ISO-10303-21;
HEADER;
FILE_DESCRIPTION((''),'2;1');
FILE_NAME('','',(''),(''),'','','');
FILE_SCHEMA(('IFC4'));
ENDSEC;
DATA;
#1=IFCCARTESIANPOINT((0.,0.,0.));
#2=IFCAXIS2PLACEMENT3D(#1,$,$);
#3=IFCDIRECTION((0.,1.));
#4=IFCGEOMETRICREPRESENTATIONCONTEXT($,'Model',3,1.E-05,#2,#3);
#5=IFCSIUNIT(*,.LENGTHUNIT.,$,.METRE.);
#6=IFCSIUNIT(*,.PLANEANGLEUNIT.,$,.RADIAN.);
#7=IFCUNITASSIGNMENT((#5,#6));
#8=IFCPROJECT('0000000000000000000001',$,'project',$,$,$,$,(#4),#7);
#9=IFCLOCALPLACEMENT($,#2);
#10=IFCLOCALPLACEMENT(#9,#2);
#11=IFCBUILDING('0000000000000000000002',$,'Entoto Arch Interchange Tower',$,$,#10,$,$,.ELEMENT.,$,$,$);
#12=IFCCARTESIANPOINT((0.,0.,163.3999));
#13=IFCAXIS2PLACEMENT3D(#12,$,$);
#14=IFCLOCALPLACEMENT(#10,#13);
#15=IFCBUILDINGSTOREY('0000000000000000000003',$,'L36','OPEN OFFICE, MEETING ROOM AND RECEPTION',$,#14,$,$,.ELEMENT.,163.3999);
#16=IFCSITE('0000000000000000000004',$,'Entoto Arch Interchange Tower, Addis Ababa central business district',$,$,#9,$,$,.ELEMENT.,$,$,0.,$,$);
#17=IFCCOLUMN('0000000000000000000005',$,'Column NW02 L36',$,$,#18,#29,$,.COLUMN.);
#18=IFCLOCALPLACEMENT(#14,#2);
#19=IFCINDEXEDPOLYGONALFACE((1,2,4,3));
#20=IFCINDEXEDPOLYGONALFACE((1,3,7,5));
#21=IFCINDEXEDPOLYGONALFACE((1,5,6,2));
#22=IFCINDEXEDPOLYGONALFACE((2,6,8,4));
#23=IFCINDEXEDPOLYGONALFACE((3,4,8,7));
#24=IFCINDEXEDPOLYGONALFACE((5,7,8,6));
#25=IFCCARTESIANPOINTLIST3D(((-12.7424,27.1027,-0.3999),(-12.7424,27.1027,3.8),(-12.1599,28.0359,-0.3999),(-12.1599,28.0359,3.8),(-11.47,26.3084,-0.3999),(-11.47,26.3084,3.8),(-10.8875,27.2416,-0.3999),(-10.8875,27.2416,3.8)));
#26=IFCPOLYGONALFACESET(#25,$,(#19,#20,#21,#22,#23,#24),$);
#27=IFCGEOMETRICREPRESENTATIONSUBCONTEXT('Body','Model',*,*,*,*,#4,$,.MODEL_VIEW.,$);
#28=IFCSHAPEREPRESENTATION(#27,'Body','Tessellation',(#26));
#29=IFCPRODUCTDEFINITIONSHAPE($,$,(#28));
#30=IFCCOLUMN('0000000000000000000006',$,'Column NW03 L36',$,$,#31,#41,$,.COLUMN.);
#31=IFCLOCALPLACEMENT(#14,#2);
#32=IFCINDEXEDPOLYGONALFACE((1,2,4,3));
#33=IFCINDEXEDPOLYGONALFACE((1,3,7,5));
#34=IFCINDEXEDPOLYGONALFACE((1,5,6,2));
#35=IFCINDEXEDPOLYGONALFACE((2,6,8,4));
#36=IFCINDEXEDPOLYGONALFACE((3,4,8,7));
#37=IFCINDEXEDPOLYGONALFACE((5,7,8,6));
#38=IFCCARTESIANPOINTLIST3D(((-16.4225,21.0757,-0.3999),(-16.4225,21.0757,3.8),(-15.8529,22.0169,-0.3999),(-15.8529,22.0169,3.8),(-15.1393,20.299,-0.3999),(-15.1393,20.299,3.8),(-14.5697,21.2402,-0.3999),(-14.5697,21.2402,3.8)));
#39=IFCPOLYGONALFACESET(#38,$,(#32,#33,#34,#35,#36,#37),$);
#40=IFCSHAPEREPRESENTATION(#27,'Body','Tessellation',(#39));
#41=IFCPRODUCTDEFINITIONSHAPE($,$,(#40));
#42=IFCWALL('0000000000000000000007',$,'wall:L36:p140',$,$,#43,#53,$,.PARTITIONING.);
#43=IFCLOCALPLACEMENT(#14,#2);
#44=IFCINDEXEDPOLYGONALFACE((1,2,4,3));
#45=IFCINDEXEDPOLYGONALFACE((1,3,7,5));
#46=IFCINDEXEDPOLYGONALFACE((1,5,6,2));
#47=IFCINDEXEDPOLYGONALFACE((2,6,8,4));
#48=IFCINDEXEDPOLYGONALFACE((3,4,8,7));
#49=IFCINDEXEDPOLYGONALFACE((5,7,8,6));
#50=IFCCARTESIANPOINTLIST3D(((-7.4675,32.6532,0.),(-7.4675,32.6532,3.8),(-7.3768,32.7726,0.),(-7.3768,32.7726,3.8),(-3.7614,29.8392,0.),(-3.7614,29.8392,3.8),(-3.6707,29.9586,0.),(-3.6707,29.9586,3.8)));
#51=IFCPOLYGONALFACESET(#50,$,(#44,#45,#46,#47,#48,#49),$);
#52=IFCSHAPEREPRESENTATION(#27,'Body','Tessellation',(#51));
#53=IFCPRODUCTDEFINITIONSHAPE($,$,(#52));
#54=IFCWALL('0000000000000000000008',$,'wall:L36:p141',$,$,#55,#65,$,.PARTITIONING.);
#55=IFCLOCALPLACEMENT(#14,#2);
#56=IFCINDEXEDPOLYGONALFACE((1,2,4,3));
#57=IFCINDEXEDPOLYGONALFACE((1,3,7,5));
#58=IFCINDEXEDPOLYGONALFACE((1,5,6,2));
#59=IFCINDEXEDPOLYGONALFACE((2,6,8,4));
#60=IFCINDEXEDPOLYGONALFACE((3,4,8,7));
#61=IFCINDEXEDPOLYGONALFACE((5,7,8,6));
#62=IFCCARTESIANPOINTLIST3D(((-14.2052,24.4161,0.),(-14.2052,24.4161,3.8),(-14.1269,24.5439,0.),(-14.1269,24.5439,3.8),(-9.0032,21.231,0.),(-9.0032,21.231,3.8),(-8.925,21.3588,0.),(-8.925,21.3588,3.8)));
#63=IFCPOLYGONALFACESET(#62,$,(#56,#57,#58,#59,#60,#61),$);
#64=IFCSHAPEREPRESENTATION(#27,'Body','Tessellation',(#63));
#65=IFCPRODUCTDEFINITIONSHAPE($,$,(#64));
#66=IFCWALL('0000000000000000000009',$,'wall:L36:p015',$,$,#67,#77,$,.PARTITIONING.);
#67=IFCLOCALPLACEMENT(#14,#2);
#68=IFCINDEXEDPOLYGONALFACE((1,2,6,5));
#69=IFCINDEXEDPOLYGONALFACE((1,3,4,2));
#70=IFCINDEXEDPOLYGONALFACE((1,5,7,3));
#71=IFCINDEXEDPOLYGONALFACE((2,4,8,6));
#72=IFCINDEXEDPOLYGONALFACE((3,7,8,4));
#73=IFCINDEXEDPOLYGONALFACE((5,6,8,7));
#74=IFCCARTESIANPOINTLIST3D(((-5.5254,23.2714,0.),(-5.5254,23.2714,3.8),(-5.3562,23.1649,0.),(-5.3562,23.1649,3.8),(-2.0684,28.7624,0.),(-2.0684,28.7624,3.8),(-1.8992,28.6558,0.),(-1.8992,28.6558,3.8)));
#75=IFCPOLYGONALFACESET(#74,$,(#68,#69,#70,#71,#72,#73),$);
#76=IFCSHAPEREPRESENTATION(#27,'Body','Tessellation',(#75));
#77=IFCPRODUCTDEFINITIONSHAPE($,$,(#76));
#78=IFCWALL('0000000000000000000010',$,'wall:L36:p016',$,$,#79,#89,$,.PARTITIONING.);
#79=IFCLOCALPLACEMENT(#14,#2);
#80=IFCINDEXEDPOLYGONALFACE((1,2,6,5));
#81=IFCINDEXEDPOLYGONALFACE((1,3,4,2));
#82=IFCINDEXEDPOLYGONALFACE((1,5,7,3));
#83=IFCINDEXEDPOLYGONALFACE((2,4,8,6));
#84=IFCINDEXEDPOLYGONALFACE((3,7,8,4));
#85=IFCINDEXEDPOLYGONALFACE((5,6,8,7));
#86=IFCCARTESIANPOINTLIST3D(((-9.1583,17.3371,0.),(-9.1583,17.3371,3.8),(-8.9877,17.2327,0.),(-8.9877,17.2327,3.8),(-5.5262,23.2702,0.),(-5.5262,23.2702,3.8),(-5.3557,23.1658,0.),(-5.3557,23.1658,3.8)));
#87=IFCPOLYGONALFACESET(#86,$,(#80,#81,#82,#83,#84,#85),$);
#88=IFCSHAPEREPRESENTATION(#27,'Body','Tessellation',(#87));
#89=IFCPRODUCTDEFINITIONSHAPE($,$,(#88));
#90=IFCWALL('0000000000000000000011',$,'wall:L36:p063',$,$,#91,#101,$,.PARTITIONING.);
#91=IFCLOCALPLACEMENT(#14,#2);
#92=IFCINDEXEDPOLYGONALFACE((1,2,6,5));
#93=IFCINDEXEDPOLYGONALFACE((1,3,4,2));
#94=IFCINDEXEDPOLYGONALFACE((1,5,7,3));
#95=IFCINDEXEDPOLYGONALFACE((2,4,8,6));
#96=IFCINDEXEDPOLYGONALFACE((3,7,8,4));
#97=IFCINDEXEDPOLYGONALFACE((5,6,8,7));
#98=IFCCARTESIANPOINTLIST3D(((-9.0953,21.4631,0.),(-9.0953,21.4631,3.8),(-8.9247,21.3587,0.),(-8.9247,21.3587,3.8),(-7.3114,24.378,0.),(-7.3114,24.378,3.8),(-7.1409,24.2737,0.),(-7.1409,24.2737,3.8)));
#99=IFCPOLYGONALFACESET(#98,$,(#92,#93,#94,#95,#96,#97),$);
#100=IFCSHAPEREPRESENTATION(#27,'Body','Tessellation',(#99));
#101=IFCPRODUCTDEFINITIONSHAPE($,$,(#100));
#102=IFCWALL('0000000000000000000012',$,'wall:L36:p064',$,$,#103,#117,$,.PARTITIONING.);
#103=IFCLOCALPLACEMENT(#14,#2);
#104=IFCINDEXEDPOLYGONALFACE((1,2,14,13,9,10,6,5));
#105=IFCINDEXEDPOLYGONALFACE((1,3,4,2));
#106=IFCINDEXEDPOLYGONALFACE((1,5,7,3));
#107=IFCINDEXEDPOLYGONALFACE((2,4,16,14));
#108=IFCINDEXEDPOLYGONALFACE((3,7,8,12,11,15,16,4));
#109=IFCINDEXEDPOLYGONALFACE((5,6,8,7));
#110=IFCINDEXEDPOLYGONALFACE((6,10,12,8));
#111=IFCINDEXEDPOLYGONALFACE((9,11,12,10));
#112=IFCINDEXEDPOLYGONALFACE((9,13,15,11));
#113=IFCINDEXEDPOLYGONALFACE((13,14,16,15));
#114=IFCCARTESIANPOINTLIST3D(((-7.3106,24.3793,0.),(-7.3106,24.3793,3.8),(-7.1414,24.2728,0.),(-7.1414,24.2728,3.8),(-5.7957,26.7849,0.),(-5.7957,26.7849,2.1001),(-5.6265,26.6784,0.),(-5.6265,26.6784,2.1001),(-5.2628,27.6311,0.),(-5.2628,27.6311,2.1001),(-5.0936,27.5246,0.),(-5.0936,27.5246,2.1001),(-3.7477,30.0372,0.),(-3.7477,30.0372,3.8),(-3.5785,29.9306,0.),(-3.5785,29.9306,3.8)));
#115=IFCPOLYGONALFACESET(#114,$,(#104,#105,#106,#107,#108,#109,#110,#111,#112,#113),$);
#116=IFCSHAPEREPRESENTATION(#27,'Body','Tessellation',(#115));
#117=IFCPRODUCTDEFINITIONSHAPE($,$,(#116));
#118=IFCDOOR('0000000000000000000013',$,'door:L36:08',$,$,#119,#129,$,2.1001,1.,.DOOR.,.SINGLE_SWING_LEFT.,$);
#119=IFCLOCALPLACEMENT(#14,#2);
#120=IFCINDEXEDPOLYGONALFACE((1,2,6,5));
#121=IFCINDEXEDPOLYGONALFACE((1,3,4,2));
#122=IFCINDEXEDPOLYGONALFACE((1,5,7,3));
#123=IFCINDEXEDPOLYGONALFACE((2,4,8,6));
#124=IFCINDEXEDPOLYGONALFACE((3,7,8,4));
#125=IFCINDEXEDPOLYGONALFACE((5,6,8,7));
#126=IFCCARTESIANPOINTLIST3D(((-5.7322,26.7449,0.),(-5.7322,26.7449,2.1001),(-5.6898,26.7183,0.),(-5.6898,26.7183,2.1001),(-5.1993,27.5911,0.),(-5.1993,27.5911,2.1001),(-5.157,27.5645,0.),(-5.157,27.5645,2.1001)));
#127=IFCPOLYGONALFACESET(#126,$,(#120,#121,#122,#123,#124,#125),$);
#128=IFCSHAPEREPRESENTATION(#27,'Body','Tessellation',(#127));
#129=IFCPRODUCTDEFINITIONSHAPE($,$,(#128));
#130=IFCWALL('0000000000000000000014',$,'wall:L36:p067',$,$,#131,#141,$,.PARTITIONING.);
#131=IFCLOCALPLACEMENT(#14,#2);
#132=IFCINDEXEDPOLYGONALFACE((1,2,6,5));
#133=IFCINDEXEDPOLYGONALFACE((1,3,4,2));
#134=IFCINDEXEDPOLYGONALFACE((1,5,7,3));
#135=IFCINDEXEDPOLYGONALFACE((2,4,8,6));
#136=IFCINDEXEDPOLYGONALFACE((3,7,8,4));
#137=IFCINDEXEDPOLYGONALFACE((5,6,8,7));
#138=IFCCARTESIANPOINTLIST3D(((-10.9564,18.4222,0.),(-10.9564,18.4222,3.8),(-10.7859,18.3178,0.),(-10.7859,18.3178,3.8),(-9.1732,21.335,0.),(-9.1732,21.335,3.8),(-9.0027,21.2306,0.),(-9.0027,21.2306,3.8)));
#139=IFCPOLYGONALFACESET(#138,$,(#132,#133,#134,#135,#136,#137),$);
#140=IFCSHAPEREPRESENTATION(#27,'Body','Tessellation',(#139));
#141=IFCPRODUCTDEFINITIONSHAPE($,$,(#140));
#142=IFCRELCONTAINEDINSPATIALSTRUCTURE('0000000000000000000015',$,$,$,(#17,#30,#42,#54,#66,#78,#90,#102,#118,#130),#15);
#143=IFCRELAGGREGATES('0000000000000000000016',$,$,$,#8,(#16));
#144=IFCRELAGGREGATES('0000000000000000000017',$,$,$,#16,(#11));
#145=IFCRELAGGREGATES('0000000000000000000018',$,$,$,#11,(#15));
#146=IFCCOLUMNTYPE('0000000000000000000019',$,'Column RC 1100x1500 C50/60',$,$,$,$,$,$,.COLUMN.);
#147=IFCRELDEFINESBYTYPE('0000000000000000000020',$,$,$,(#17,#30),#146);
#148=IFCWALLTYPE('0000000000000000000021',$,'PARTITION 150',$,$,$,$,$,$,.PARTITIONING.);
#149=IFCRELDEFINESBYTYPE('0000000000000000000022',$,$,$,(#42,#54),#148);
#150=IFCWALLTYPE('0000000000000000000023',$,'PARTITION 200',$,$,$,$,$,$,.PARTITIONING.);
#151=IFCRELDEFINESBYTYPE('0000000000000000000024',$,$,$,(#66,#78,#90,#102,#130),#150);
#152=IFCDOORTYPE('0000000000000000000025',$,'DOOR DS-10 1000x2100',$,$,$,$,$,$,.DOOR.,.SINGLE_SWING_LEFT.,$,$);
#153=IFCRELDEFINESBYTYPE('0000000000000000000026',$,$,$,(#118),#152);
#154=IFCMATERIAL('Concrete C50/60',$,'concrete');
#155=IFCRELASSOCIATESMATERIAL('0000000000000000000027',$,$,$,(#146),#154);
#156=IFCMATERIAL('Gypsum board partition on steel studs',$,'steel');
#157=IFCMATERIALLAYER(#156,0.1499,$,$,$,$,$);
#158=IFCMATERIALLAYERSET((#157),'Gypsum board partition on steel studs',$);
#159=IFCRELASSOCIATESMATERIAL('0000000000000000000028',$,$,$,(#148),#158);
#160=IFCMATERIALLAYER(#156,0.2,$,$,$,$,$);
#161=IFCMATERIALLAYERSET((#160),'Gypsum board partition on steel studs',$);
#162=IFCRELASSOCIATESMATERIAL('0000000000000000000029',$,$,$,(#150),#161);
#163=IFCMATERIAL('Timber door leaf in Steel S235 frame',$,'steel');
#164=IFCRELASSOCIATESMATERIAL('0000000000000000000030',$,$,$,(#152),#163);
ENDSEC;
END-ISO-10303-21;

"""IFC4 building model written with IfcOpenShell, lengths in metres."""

from ifc_helpers import new_model, si_unit, direction, frame, frame_2d, origin, origin_2d, place, context, subcontext, project, spatial, rectangle, extrude, material, layer, layer_set, material_profile, profile_set, type_object, element, fill, save


model = new_model("IFC4")

# Units and contexts
model_context = context("Model", 3, precision=1e-05, world=origin(), true_north=direction((0.0, 1.0)))
body_context = subcontext(model_context, "Body", "Model", "MODEL_VIEW")
ifc_project = project(units=[si_unit("LENGTHUNIT", "METRE"), si_unit("PLANEANGLEUNIT", "RADIAN")], contexts=[model_context])

# Site, building, storey
site_placement = place(None, origin())
site = spatial("IfcSite", under=ifc_project, at=site_placement, Name="Entoto Arch Interchange Tower, Addis Ababa central business district", CompositionType="ELEMENT", RefElevation=0.0)
building_placement = place(site_placement, origin())
building = spatial("IfcBuilding", under=site, at=building_placement, Name="Entoto Arch Interchange Tower", CompositionType="ELEMENT")
storey_placement = place(building_placement, frame((0.0, 0.0, 163.3999)))
storey = spatial("IfcBuildingStorey", under=building, at=storey_placement, Name="L36", Description="OPEN OFFICE, MEETING ROOM AND RECEPTION", CompositionType="ELEMENT", Elevation=163.3999)

# Columns
ifc_material_1 = material(Name="Concrete C50/60", Category="concrete")
ifc_material_profile = material_profile(ifc_material_1, rectangle(XDim=1.1001, YDim=1.5, at=origin_2d()))
ifc_profile_set = profile_set([ifc_material_profile], Name="Concrete C50/60")
column_type = type_object("IfcColumnType", Name="Column RC 1100x1500 C50/60", PredefinedType="COLUMN", material=ifc_profile_set)
for number, where, z_axis, x_axis, name in (
    (1, (-11.8149, 27.1721, -0.3999), (0.0, 0.0, 1.0), (0.529549, 0.848279, 0.0), "Column NW02 L36"),
    (2, (-15.4961, 21.158, -0.3999), (0.0, 0.0, 1.0), (0.517803, 0.8555, 0.0), "Column NW03 L36"),
):
    element("IfcColumn", number, at=place(storey_placement, frame(where, z_axis=z_axis, x_axis=x_axis)), inside=storey, type_object=column_type, Name=name, PredefinedType="COLUMN", context=body_context, shape_type="SweptSolid", body=[
        extrude(rectangle(XDim=1.1001, YDim=1.5, at=origin_2d()), origin(), (0.0, 0.0, 1.0), 4.2),
    ])

# Walls
ifc_material_2 = material(Name="Gypsum board partition on steel studs", Category="steel")
ifc_layer_1 = layer(ifc_material_2, 0.1499)
ifc_layer_set_1 = layer_set([ifc_layer_1], Name="Gypsum board partition on steel studs")
wall_type_1 = type_object("IfcWallType", Name="PARTITION 150", PredefinedType="PARTITIONING", material=ifc_layer_set_1)
wall_1_placement = place(storey_placement, frame((-3.7161, 29.8989, 0.0), z_axis=(0.0, 0.0, 1.0), x_axis=(-0.796435, 0.604724, 0.0)))
element("IfcWall", 3, at=wall_1_placement, inside=storey, type_object=wall_type_1, Name="wall:L36:p140", PredefinedType="PARTITIONING", context=body_context, shape_type="SweptSolid", body=[
    extrude(rectangle(XDim=4.6533, YDim=0.1499, at=frame_2d((2.3267, 0.0))), origin(), (0.0, 0.0, 1.0), 3.8),
])
wall_2_placement = place(storey_placement, frame((-8.9641, 21.2949, 0.0), z_axis=(0.0, 0.0, 1.0), x_axis=(-0.852835, 0.52218, 0.0)))
element("IfcWall", 4, at=wall_2_placement, inside=storey, type_object=wall_type_1, Name="wall:L36:p141", PredefinedType="PARTITIONING", context=body_context, shape_type="SweptSolid", body=[
    extrude(rectangle(XDim=6.0996, YDim=0.1499, at=frame_2d((3.0498, 0.0))), origin(), (0.0, 0.0, 1.0), 3.8),
])
ifc_layer_2 = layer(ifc_material_2, 0.2)
ifc_layer_set_2 = layer_set([ifc_layer_2], Name="Gypsum board partition on steel studs")
wall_type_2 = type_object("IfcWallType", Name="PARTITION 200", PredefinedType="PARTITIONING", material=ifc_layer_set_2)
wall_3_placement = place(storey_placement, frame((-1.9839, 28.709, 0.0), z_axis=(0.0, 0.0, 1.0), x_axis=(-0.532786, -0.84625, 0.0)))
element("IfcWall", 5, at=wall_3_placement, inside=storey, type_object=wall_type_2, Name="wall:L36:p015", PredefinedType="PARTITIONING", context=body_context, shape_type="SweptSolid", body=[
    extrude(rectangle(XDim=6.4885, YDim=0.2, at=frame_2d((3.2441, 0.0))), origin(), (0.0, 0.0, 1.0), 3.8),
])
wall_4_placement = place(storey_placement, frame((-5.4409, 23.218, 0.0), z_axis=(0.0, 0.0, 1.0), x_axis=(-0.522109, -0.852879, 0.0)))
element("IfcWall", 6, at=wall_4_placement, inside=storey, type_object=wall_type_2, Name="wall:L36:p016", PredefinedType="PARTITIONING", context=body_context, shape_type="SweptSolid", body=[
    extrude(rectangle(XDim=6.9565, YDim=0.2, at=frame_2d((3.4783, 0.0))), origin(), (0.0, 0.0, 1.0), 3.8),
])
wall_5_placement = place(storey_placement, frame((-9.01, 21.4109, 0.0), z_axis=(0.0, 0.0, 1.0), x_axis=(0.521987, 0.852953, 0.0)))
element("IfcWall", 7, at=wall_5_placement, inside=storey, type_object=wall_type_2, Name="wall:L36:p063", PredefinedType="PARTITIONING", context=body_context, shape_type="SweptSolid", body=[
    extrude(rectangle(XDim=3.4175, YDim=0.2, at=frame_2d((1.7087, 0.0))), origin(), (0.0, 0.0, 1.0), 3.8),
])

# Wall, opening, door
wall_6_placement = place(storey_placement, frame((-7.2261, 24.3259, 0.0), z_axis=(0.0, 0.0, 1.0), x_axis=(0.532874, 0.846194, 0.0)))
wall_6 = element("IfcWall", 8, at=wall_6_placement, inside=storey, type_object=wall_type_2, Name="wall:L36:p064", PredefinedType="PARTITIONING", context=body_context, shape_type="SweptSolid", body=[
    extrude(rectangle(XDim=6.6863, YDim=0.2, at=frame_2d((3.3433, 0.0))), origin(), (0.0, 0.0, 1.0), 3.8),
])
opening_1_placement = place(wall_6_placement, frame((2.843, 0.0, 0.0)))
opening_1 = element("IfcOpeningElement", 9, at=opening_1_placement, cuts=wall_6, PredefinedType="OPENING", context=body_context, shape_type="SweptSolid", body=[
    extrude(rectangle(XDim=1.0, YDim=2.1001, at=frame_2d((0.5, 1.05))), frame((0.0, 0.1099, 0.0), z_axis=(0.0, -1.0, 0.0), x_axis=(1.0, 0.0, 0.0)), (0.0, 0.0, 1.0), 0.22),
])
ifc_material_3 = material(Name="Timber door leaf in Steel S235 frame", Category="steel")
door_type = type_object("IfcDoorType", Name="DOOR DS-10 1000x2100", OperationType="SINGLE_SWING_LEFT", PredefinedType="DOOR", material=ifc_material_3)
door_placement = place(opening_1_placement, origin())
door = element("IfcDoor", 10, at=door_placement, inside=storey, type_object=door_type, Name="door:L36:08", OperationType="SINGLE_SWING_LEFT", OverallHeight=2.1001, OverallWidth=1.0, PredefinedType="DOOR", context=body_context, shape_type="SweptSolid", body=[
    extrude(rectangle(XDim=1.0, YDim=2.1001, at=frame_2d((0.5, 1.05))), frame((0.0, 0.0249, 0.0), z_axis=(0.0, -1.0, 0.0), x_axis=(1.0, 0.0, 0.0)), (0.0, 0.0, 1.0), 0.05),
])
fill(opening_1, door)

# Wall
wall_7_placement = place(storey_placement, frame((-10.8711, 18.3701, 0.0), z_axis=(0.0, 0.0, 1.0), x_axis=(0.522118, 0.852873, 0.0)))
element("IfcWall", 11, at=wall_7_placement, inside=storey, type_object=wall_type_2, Name="wall:L36:p067", PredefinedType="PARTITIONING", context=body_context, shape_type="SweptSolid", body=[
    extrude(rectangle(XDim=3.4153, YDim=0.2, at=frame_2d((1.7075, 0.0))), origin(), (0.0, 0.0, 1.0), 3.8),
])

save(model, "model.ifc")
